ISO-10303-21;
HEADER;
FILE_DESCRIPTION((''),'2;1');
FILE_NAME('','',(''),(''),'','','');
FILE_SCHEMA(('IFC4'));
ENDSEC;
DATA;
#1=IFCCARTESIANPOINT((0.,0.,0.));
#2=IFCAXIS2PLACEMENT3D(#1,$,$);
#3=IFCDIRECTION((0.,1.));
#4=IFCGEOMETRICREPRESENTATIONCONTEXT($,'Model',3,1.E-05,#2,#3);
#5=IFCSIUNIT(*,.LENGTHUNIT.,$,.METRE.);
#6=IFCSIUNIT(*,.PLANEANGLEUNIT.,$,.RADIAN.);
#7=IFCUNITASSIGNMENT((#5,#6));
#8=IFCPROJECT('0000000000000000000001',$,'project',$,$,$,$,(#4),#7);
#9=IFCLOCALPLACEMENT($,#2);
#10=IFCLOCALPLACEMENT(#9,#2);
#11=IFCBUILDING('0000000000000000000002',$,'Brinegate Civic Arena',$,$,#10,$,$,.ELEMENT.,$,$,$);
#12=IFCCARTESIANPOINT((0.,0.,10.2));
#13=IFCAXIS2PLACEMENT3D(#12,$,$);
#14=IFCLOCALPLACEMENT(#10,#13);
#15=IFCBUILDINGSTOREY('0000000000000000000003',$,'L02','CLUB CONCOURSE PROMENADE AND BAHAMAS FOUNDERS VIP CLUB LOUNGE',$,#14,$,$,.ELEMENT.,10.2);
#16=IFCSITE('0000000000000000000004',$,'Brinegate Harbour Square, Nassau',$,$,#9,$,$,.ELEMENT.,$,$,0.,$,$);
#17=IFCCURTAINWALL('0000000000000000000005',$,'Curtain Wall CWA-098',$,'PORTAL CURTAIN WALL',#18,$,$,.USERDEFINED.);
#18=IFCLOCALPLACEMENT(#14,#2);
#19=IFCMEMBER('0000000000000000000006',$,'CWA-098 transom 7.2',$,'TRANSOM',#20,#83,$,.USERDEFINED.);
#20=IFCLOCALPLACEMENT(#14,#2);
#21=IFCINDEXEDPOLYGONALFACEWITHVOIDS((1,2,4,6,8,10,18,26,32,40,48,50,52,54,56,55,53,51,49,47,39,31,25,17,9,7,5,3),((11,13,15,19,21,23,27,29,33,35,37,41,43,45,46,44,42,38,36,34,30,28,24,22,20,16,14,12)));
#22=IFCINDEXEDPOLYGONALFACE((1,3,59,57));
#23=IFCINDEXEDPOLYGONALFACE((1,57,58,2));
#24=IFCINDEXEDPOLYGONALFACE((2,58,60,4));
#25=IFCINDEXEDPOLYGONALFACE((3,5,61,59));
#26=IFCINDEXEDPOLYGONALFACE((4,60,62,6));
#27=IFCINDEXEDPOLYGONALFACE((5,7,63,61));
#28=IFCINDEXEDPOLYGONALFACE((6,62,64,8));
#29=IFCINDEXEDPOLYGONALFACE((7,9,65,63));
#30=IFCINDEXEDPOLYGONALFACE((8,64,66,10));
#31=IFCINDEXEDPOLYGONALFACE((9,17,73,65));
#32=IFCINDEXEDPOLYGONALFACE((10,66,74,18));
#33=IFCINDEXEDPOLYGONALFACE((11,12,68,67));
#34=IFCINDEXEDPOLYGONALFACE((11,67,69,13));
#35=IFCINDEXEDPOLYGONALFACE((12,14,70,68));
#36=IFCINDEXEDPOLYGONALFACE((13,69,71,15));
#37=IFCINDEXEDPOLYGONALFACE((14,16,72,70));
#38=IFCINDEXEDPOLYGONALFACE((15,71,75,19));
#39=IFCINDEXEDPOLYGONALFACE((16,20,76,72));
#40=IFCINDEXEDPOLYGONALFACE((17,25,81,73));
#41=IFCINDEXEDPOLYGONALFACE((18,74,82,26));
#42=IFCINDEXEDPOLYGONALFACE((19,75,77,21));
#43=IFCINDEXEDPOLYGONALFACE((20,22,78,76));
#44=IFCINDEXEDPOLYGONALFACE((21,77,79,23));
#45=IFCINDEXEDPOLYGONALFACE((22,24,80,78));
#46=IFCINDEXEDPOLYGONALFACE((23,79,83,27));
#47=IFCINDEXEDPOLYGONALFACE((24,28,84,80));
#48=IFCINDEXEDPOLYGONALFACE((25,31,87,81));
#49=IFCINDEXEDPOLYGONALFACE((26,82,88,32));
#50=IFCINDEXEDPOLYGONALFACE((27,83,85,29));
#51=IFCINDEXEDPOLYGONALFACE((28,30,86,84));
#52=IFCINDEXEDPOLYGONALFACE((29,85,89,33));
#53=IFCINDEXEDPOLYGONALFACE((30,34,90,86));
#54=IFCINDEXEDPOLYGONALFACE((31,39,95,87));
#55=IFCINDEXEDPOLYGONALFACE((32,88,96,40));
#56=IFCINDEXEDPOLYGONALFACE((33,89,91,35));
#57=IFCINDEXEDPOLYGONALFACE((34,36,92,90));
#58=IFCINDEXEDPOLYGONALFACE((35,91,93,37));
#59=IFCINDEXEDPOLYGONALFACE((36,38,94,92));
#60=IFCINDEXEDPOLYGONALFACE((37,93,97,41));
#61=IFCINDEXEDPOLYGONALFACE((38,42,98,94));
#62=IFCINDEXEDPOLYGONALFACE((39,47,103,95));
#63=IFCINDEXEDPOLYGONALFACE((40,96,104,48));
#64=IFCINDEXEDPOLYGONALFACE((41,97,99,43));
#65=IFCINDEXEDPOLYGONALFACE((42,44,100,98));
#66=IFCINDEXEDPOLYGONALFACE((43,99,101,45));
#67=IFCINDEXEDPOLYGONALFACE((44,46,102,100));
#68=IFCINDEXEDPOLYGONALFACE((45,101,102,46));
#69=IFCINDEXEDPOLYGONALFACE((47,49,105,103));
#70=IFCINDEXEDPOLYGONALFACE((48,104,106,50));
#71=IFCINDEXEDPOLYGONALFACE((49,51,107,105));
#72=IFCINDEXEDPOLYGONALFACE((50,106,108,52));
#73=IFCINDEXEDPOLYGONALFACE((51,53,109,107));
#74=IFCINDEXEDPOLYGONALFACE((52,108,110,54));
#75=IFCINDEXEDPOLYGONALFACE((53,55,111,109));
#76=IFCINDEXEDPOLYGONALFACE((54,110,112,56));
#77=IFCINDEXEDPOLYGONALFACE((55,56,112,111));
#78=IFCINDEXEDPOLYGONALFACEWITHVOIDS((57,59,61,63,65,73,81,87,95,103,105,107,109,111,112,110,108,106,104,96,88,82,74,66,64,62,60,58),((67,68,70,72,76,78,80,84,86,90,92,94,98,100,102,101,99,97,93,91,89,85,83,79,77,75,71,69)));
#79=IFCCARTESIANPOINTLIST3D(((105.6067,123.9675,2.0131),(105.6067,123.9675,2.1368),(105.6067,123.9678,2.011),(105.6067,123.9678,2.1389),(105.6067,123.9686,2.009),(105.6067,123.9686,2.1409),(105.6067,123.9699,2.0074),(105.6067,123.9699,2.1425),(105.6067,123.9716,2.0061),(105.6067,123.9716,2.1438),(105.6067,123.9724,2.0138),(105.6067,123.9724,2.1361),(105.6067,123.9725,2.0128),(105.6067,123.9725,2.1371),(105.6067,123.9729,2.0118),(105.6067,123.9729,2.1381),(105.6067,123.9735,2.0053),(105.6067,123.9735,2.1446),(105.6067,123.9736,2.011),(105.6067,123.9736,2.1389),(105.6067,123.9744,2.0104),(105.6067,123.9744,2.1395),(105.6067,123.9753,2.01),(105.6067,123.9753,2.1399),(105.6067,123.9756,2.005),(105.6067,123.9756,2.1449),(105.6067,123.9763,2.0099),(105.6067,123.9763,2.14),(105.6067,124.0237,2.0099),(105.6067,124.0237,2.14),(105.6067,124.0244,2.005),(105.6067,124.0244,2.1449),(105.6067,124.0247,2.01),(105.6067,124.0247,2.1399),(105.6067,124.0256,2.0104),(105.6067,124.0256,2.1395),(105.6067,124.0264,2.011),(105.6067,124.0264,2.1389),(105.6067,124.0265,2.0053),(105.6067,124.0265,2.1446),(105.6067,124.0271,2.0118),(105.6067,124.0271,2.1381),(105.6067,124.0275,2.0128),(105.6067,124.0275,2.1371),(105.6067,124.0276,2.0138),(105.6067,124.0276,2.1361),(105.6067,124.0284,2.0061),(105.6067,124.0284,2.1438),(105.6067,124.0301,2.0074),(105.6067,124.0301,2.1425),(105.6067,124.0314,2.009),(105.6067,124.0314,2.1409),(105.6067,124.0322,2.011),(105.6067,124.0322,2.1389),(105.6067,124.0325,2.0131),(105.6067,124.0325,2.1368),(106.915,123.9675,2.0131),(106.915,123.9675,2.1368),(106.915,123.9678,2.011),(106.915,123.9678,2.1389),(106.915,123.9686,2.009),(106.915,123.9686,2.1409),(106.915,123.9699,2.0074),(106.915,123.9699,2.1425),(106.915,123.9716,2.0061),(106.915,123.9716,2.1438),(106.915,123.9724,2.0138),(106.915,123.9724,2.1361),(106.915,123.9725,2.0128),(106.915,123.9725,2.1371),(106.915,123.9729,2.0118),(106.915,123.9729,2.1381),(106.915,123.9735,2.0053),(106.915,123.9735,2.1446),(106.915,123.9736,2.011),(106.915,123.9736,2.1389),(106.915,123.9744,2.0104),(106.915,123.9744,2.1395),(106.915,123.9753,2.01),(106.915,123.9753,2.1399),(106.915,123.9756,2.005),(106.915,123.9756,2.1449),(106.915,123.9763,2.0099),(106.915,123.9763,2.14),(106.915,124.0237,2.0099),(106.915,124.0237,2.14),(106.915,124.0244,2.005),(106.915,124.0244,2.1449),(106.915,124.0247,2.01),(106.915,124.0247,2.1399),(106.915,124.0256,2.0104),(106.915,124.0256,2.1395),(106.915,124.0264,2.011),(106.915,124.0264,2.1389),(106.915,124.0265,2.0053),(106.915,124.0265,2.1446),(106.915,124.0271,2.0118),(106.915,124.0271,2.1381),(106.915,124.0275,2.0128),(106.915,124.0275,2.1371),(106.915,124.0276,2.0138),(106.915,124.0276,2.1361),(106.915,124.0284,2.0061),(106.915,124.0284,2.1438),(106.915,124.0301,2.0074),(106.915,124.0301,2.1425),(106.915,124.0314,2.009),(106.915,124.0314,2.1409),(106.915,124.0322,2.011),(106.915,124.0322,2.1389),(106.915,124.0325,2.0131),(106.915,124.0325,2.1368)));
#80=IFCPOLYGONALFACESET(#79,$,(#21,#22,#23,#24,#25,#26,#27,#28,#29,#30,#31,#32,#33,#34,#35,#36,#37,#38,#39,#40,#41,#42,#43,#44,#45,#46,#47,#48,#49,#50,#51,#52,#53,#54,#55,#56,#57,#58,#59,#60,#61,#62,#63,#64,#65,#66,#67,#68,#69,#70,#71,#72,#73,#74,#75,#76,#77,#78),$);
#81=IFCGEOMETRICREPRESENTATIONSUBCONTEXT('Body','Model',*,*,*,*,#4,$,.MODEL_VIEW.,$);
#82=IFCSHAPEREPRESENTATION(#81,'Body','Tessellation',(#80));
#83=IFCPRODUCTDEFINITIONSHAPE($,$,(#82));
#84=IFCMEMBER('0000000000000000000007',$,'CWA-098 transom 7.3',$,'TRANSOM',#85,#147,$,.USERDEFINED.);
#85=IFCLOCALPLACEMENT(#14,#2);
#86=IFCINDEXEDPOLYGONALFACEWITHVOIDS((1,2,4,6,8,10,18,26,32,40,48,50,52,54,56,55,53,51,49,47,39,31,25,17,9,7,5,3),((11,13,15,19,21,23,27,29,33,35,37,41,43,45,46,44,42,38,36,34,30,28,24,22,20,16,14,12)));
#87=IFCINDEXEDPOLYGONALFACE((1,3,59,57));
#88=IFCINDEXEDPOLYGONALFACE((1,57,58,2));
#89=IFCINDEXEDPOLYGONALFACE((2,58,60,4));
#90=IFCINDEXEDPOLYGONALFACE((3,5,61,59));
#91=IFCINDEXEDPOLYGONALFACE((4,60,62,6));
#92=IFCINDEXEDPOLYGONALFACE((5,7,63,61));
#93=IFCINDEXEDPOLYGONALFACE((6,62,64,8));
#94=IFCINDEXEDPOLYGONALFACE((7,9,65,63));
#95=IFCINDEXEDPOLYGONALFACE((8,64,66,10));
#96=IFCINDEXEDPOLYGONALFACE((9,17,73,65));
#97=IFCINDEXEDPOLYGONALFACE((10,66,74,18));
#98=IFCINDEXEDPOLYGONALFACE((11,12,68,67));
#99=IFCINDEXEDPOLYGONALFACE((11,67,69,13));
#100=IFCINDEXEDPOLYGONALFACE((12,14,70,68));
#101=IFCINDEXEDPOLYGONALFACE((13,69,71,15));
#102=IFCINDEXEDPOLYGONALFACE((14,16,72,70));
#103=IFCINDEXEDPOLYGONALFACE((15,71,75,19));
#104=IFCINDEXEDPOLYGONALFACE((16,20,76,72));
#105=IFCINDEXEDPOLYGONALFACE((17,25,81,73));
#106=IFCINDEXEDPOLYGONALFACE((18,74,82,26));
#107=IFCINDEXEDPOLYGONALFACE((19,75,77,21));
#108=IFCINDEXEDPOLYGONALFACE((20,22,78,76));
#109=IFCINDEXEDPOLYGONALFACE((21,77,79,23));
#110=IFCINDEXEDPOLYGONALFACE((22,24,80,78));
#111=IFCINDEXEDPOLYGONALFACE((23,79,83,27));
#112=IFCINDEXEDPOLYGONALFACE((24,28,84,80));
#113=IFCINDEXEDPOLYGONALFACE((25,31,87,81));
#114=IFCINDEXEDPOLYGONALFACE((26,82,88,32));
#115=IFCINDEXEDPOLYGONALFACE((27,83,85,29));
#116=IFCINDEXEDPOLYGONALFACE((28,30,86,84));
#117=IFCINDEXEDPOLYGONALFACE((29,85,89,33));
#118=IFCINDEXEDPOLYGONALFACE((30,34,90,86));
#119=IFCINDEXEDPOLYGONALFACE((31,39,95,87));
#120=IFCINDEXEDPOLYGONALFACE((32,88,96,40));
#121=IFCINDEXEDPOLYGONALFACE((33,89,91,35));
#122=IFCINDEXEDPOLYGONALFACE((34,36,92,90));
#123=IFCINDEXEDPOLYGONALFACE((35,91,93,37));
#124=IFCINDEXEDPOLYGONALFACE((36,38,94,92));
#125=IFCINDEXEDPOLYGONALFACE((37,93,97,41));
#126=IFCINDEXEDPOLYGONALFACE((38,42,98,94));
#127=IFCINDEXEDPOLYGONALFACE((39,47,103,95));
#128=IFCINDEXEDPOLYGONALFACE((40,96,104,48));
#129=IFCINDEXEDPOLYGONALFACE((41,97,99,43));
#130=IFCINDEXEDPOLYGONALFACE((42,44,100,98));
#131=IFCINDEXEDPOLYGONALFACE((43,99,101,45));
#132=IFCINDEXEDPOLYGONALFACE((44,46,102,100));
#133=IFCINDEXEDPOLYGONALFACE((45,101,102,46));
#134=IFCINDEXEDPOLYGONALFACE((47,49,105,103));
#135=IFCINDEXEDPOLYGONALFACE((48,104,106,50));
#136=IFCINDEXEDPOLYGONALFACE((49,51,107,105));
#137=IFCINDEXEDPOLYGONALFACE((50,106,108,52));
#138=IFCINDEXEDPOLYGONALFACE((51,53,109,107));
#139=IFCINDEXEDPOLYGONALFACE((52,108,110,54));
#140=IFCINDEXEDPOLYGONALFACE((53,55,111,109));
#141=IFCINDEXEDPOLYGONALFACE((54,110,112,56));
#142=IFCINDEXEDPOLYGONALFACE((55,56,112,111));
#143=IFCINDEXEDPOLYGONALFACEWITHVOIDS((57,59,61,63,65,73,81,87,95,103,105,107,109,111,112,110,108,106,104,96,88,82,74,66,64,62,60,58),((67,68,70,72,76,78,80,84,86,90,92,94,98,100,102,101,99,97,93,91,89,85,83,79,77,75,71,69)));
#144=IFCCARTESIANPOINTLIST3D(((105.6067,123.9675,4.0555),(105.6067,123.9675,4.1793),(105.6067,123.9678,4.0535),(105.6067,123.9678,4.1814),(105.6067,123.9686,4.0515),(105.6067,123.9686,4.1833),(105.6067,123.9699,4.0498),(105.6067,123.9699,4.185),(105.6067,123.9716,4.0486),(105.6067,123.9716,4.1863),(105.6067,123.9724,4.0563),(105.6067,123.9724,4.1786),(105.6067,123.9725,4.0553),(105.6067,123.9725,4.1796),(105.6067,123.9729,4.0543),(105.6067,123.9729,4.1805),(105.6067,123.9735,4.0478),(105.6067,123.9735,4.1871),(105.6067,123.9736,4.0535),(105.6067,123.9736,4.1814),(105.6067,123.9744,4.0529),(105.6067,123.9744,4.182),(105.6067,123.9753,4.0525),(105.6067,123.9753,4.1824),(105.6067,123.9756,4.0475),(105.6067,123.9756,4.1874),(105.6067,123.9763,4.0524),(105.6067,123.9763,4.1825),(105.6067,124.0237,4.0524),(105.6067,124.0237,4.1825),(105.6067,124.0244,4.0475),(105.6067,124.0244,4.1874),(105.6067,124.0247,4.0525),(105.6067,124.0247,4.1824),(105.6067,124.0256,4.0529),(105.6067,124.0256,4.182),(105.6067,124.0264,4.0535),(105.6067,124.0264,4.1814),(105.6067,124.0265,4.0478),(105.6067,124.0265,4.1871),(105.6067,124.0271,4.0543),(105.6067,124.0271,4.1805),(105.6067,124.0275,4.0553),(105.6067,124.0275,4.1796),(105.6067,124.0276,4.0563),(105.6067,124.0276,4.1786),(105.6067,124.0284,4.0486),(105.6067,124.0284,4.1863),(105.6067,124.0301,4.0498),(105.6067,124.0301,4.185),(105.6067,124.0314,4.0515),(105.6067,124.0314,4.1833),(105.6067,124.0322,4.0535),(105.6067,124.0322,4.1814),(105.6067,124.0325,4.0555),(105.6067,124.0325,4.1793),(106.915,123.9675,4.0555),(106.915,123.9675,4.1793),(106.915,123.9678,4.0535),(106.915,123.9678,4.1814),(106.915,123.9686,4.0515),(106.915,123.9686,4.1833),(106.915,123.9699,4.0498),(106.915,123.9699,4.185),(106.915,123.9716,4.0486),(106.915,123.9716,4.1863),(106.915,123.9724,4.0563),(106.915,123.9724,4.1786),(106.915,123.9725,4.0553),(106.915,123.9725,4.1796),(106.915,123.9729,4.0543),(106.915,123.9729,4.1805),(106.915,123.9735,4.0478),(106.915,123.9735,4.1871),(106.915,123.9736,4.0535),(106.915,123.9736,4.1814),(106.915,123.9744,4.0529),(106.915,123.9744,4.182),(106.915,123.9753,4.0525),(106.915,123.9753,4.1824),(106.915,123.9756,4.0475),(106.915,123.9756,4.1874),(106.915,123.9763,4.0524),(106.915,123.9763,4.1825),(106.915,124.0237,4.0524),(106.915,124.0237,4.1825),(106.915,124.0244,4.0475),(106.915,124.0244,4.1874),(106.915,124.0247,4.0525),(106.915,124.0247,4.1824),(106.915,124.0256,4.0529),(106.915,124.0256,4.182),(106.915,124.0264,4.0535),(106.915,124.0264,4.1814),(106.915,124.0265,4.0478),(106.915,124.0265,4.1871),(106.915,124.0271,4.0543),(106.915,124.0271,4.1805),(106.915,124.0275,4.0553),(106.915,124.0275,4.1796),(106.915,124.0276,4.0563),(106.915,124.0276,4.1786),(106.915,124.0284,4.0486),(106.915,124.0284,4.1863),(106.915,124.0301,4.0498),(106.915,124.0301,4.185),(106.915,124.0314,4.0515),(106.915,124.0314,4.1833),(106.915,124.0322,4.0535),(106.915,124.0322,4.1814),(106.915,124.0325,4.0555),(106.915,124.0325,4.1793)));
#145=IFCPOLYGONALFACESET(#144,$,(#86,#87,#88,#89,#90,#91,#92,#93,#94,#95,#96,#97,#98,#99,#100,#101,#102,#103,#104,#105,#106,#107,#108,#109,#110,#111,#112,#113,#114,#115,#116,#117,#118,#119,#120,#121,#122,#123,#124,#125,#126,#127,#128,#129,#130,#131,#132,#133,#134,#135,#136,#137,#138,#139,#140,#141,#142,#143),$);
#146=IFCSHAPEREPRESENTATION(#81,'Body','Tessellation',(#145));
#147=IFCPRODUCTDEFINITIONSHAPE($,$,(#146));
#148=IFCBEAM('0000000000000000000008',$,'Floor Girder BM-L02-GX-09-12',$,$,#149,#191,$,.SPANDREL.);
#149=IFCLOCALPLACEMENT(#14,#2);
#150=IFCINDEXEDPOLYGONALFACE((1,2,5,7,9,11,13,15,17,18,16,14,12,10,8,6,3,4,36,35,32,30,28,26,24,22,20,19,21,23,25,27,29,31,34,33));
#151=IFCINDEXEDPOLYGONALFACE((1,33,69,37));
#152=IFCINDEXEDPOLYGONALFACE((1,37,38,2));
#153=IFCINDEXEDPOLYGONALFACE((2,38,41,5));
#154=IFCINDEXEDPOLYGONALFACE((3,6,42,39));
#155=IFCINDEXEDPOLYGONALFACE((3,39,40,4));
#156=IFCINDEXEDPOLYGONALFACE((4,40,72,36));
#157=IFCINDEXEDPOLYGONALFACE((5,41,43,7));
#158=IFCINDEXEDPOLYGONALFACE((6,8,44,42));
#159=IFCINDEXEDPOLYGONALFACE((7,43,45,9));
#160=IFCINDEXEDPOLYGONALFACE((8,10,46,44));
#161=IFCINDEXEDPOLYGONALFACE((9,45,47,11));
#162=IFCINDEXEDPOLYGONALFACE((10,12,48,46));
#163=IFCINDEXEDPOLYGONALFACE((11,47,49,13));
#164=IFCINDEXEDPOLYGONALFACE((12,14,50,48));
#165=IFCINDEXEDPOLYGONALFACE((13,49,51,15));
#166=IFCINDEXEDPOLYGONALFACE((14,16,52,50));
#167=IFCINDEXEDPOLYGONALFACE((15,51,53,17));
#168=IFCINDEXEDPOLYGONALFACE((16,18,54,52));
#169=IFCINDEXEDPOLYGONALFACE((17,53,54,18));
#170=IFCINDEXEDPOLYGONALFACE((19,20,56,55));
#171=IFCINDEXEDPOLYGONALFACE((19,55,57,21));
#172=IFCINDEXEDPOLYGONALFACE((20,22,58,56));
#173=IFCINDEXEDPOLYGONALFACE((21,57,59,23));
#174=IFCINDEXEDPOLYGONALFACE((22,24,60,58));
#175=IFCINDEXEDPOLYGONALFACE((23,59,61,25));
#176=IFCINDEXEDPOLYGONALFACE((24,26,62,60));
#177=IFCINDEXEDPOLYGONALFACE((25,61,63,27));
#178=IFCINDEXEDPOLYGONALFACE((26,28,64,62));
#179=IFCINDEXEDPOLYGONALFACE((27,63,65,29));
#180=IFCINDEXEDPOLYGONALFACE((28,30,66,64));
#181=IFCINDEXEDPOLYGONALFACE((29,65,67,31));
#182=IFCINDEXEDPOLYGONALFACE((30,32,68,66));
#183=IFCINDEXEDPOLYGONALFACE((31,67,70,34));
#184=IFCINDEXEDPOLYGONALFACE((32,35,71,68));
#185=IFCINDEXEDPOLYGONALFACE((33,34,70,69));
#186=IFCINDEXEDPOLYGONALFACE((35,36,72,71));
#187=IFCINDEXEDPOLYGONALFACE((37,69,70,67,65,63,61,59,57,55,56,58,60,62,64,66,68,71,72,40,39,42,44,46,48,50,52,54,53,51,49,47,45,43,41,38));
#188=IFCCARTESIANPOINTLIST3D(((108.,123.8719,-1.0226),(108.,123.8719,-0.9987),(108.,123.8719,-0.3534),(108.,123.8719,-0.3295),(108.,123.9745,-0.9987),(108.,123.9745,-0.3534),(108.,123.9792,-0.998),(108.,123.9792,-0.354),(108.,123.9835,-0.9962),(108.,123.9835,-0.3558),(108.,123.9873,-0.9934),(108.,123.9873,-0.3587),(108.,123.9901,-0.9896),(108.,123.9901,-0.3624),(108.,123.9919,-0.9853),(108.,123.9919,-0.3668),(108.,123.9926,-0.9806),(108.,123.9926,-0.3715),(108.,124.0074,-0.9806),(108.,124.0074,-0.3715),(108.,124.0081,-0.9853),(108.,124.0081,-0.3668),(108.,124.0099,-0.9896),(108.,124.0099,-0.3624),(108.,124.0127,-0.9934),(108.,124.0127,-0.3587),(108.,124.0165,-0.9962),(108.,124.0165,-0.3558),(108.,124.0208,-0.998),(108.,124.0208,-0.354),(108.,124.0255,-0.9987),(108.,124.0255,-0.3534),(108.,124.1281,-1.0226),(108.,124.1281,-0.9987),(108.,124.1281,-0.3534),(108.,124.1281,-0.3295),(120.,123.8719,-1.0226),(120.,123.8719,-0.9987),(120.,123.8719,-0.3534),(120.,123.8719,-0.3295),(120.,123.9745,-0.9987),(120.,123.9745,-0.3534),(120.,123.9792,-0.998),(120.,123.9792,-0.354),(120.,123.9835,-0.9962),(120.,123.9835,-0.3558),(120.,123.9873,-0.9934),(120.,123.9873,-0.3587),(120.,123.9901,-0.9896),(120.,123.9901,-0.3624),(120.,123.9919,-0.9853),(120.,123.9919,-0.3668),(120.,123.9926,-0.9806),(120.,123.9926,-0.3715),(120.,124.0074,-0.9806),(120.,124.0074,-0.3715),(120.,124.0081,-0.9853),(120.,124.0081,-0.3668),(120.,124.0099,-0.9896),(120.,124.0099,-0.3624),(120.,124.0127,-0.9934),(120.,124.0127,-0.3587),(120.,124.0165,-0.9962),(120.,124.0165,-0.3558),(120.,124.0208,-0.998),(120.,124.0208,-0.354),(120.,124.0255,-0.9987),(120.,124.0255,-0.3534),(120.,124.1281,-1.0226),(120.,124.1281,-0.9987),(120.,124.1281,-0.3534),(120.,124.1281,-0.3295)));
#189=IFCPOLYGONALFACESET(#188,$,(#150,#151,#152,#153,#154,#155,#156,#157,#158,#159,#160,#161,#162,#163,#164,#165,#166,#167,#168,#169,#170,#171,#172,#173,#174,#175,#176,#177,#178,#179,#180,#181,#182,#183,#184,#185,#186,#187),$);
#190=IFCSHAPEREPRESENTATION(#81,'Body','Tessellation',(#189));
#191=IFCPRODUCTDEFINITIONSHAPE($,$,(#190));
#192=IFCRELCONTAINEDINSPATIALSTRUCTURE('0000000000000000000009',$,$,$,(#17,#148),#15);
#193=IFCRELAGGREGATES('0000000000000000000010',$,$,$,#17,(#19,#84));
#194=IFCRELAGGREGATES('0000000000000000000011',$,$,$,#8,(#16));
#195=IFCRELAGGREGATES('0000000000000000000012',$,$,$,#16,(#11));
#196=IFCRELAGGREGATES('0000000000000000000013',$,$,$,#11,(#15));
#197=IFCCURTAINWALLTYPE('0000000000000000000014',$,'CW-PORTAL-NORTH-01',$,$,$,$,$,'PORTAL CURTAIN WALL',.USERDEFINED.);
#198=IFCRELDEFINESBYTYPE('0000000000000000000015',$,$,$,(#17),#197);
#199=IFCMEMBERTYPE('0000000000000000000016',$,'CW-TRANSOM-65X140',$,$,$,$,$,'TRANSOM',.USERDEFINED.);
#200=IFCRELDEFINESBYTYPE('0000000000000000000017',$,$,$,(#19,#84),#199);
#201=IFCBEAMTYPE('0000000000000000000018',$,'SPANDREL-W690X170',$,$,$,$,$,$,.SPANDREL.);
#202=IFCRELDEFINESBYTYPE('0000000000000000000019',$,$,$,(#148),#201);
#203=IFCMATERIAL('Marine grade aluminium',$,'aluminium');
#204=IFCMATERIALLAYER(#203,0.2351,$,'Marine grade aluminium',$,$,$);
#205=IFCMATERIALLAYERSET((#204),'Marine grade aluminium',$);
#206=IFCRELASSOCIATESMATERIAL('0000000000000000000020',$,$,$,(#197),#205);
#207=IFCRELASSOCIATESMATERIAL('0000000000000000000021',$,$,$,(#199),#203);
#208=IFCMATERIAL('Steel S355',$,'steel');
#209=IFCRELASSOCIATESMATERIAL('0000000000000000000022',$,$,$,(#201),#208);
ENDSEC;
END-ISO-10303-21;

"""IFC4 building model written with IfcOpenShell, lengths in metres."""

from ifc_helpers import new_model, si_unit, direction, frame, origin, origin_2d, place, context, subcontext, project, spatial, hollow_rectangle, i_section, extrude, material, layer, layer_set, material_profile, profile_set, type_object, element, aggregate, save


model = new_model("IFC4")

# Units and contexts
model_context = context("Model", 3, precision=1e-05, world=origin(), true_north=direction((0.0, 1.0)))
body_context = subcontext(model_context, "Body", "Model", "MODEL_VIEW")
ifc_project = project(units=[si_unit("LENGTHUNIT", "METRE"), si_unit("PLANEANGLEUNIT", "RADIAN")], contexts=[model_context])

# Site, building, storey
site_placement = place(None, origin())
site = spatial("IfcSite", under=ifc_project, at=site_placement, Name="Brinegate Harbour Square, Nassau", CompositionType="ELEMENT", RefElevation=0.0)
building_placement = place(site_placement, origin())
building = spatial("IfcBuilding", under=site, at=building_placement, Name="Brinegate Civic Arena", CompositionType="ELEMENT")
storey_placement = place(building_placement, frame((0.0, 0.0, 10.2)))
storey = spatial("IfcBuildingStorey", under=building, at=storey_placement, Name="L02", Description="CLUB CONCOURSE PROMENADE AND BAHAMAS FOUNDERS VIP CLUB LOUNGE", CompositionType="ELEMENT", Elevation=10.2)

# Curtain wall, members
ifc_material_1 = material(Name="Marine grade aluminium", Category="aluminium")
ifc_layer_1 = layer(ifc_material_1, 0.2351, Name="Marine grade aluminium")
ifc_layer_set_1 = layer_set([ifc_layer_1], Name="Marine grade aluminium")
curtain_wall_type = type_object("IfcCurtainWallType", Name="CW-PORTAL-NORTH-01", ElementType="PORTAL CURTAIN WALL", PredefinedType="USERDEFINED", material=ifc_layer_set_1)
curtain_wall_placement = place(storey_placement, origin())
curtain_wall = element("IfcCurtainWall", 1, at=curtain_wall_placement, inside=storey, type_object=curtain_wall_type, Name="Curtain Wall CWA-098", ObjectType="PORTAL CURTAIN WALL", PredefinedType="USERDEFINED")
ifc_material_profile_1 = material_profile(ifc_material_1, hollow_rectangle(XDim=0.0649, YDim=0.1399, WallThickness=0.0049, InnerFilletRadius=0.0039, OuterFilletRadius=0.0081, at=origin_2d()), Name="TRN65X140")
ifc_profile_set_1 = profile_set([ifc_material_profile_1], Name="Marine grade aluminium")
member_type_1 = type_object("IfcMemberType", Name="CW-TRANSOM-65X140", ElementType="TRANSOM", PredefinedType="USERDEFINED", material=ifc_profile_set_1)
member_1_placement = place(storey_placement, frame((105.6067, 124.0, 2.075), z_axis=(1.0, 0.0, 0.0), x_axis=(0.0, 1.0, 0.0)))
member_1 = element("IfcMember", 2, at=member_1_placement, type_object=member_type_1, Name="CWA-098 transom 7.2", ObjectType="TRANSOM", PredefinedType="USERDEFINED", context=body_context, shape_type="SweptSolid", body=[
    extrude(hollow_rectangle(XDim=0.0649, YDim=0.1399, WallThickness=0.0049, InnerFilletRadius=0.0039, OuterFilletRadius=0.0081, at=origin_2d()), origin(), (0.0, 0.0, 1.0), 1.3083),
])
member_2_placement = place(storey_placement, frame((105.6067, 124.0, 4.1174), z_axis=(1.0, 0.0, 0.0), x_axis=(0.0, 1.0, 0.0)))
member_2 = element("IfcMember", 3, at=member_2_placement, type_object=member_type_1, Name="CWA-098 transom 7.3", ObjectType="TRANSOM", PredefinedType="USERDEFINED", context=body_context, shape_type="SweptSolid", body=[
    extrude(hollow_rectangle(XDim=0.0649, YDim=0.1399, WallThickness=0.0049, InnerFilletRadius=0.0039, OuterFilletRadius=0.0081, at=origin_2d()), origin(), (0.0, 0.0, 1.0), 1.3083),
])

# Beam
ifc_material_2 = material(Name="Steel S355", Category="steel")
ifc_material_profile_2 = material_profile(ifc_material_2, i_section(OverallWidth=0.2561, OverallDepth=0.6931, WebThickness=0.0149, FlangeThickness=0.0239, FilletRadius=0.0181, at=origin_2d()), Name="W690X170")
ifc_profile_set_2 = profile_set([ifc_material_profile_2], Name="Steel S355")
beam_type = type_object("IfcBeamType", Name="SPANDREL-W690X170", PredefinedType="SPANDREL", material=ifc_profile_set_2)
beam_placement = place(storey_placement, frame((108.0, 124.0, -0.676), z_axis=(1.0, 0.0, 0.0), x_axis=(0.0, 1.0, 0.0)))
element("IfcBeam", 4, at=beam_placement, inside=storey, type_object=beam_type, Name="Floor Girder BM-L02-GX-09-12", PredefinedType="SPANDREL", context=body_context, shape_type="SweptSolid", body=[
    extrude(i_section(OverallWidth=0.2561, OverallDepth=0.6931, WebThickness=0.0149, FlangeThickness=0.0239, FilletRadius=0.0181, at=origin_2d()), origin(), (0.0, 0.0, 1.0), 12.0),
])

aggregate(curtain_wall, [member_1, member_2])

save(model, "model.ifc")
